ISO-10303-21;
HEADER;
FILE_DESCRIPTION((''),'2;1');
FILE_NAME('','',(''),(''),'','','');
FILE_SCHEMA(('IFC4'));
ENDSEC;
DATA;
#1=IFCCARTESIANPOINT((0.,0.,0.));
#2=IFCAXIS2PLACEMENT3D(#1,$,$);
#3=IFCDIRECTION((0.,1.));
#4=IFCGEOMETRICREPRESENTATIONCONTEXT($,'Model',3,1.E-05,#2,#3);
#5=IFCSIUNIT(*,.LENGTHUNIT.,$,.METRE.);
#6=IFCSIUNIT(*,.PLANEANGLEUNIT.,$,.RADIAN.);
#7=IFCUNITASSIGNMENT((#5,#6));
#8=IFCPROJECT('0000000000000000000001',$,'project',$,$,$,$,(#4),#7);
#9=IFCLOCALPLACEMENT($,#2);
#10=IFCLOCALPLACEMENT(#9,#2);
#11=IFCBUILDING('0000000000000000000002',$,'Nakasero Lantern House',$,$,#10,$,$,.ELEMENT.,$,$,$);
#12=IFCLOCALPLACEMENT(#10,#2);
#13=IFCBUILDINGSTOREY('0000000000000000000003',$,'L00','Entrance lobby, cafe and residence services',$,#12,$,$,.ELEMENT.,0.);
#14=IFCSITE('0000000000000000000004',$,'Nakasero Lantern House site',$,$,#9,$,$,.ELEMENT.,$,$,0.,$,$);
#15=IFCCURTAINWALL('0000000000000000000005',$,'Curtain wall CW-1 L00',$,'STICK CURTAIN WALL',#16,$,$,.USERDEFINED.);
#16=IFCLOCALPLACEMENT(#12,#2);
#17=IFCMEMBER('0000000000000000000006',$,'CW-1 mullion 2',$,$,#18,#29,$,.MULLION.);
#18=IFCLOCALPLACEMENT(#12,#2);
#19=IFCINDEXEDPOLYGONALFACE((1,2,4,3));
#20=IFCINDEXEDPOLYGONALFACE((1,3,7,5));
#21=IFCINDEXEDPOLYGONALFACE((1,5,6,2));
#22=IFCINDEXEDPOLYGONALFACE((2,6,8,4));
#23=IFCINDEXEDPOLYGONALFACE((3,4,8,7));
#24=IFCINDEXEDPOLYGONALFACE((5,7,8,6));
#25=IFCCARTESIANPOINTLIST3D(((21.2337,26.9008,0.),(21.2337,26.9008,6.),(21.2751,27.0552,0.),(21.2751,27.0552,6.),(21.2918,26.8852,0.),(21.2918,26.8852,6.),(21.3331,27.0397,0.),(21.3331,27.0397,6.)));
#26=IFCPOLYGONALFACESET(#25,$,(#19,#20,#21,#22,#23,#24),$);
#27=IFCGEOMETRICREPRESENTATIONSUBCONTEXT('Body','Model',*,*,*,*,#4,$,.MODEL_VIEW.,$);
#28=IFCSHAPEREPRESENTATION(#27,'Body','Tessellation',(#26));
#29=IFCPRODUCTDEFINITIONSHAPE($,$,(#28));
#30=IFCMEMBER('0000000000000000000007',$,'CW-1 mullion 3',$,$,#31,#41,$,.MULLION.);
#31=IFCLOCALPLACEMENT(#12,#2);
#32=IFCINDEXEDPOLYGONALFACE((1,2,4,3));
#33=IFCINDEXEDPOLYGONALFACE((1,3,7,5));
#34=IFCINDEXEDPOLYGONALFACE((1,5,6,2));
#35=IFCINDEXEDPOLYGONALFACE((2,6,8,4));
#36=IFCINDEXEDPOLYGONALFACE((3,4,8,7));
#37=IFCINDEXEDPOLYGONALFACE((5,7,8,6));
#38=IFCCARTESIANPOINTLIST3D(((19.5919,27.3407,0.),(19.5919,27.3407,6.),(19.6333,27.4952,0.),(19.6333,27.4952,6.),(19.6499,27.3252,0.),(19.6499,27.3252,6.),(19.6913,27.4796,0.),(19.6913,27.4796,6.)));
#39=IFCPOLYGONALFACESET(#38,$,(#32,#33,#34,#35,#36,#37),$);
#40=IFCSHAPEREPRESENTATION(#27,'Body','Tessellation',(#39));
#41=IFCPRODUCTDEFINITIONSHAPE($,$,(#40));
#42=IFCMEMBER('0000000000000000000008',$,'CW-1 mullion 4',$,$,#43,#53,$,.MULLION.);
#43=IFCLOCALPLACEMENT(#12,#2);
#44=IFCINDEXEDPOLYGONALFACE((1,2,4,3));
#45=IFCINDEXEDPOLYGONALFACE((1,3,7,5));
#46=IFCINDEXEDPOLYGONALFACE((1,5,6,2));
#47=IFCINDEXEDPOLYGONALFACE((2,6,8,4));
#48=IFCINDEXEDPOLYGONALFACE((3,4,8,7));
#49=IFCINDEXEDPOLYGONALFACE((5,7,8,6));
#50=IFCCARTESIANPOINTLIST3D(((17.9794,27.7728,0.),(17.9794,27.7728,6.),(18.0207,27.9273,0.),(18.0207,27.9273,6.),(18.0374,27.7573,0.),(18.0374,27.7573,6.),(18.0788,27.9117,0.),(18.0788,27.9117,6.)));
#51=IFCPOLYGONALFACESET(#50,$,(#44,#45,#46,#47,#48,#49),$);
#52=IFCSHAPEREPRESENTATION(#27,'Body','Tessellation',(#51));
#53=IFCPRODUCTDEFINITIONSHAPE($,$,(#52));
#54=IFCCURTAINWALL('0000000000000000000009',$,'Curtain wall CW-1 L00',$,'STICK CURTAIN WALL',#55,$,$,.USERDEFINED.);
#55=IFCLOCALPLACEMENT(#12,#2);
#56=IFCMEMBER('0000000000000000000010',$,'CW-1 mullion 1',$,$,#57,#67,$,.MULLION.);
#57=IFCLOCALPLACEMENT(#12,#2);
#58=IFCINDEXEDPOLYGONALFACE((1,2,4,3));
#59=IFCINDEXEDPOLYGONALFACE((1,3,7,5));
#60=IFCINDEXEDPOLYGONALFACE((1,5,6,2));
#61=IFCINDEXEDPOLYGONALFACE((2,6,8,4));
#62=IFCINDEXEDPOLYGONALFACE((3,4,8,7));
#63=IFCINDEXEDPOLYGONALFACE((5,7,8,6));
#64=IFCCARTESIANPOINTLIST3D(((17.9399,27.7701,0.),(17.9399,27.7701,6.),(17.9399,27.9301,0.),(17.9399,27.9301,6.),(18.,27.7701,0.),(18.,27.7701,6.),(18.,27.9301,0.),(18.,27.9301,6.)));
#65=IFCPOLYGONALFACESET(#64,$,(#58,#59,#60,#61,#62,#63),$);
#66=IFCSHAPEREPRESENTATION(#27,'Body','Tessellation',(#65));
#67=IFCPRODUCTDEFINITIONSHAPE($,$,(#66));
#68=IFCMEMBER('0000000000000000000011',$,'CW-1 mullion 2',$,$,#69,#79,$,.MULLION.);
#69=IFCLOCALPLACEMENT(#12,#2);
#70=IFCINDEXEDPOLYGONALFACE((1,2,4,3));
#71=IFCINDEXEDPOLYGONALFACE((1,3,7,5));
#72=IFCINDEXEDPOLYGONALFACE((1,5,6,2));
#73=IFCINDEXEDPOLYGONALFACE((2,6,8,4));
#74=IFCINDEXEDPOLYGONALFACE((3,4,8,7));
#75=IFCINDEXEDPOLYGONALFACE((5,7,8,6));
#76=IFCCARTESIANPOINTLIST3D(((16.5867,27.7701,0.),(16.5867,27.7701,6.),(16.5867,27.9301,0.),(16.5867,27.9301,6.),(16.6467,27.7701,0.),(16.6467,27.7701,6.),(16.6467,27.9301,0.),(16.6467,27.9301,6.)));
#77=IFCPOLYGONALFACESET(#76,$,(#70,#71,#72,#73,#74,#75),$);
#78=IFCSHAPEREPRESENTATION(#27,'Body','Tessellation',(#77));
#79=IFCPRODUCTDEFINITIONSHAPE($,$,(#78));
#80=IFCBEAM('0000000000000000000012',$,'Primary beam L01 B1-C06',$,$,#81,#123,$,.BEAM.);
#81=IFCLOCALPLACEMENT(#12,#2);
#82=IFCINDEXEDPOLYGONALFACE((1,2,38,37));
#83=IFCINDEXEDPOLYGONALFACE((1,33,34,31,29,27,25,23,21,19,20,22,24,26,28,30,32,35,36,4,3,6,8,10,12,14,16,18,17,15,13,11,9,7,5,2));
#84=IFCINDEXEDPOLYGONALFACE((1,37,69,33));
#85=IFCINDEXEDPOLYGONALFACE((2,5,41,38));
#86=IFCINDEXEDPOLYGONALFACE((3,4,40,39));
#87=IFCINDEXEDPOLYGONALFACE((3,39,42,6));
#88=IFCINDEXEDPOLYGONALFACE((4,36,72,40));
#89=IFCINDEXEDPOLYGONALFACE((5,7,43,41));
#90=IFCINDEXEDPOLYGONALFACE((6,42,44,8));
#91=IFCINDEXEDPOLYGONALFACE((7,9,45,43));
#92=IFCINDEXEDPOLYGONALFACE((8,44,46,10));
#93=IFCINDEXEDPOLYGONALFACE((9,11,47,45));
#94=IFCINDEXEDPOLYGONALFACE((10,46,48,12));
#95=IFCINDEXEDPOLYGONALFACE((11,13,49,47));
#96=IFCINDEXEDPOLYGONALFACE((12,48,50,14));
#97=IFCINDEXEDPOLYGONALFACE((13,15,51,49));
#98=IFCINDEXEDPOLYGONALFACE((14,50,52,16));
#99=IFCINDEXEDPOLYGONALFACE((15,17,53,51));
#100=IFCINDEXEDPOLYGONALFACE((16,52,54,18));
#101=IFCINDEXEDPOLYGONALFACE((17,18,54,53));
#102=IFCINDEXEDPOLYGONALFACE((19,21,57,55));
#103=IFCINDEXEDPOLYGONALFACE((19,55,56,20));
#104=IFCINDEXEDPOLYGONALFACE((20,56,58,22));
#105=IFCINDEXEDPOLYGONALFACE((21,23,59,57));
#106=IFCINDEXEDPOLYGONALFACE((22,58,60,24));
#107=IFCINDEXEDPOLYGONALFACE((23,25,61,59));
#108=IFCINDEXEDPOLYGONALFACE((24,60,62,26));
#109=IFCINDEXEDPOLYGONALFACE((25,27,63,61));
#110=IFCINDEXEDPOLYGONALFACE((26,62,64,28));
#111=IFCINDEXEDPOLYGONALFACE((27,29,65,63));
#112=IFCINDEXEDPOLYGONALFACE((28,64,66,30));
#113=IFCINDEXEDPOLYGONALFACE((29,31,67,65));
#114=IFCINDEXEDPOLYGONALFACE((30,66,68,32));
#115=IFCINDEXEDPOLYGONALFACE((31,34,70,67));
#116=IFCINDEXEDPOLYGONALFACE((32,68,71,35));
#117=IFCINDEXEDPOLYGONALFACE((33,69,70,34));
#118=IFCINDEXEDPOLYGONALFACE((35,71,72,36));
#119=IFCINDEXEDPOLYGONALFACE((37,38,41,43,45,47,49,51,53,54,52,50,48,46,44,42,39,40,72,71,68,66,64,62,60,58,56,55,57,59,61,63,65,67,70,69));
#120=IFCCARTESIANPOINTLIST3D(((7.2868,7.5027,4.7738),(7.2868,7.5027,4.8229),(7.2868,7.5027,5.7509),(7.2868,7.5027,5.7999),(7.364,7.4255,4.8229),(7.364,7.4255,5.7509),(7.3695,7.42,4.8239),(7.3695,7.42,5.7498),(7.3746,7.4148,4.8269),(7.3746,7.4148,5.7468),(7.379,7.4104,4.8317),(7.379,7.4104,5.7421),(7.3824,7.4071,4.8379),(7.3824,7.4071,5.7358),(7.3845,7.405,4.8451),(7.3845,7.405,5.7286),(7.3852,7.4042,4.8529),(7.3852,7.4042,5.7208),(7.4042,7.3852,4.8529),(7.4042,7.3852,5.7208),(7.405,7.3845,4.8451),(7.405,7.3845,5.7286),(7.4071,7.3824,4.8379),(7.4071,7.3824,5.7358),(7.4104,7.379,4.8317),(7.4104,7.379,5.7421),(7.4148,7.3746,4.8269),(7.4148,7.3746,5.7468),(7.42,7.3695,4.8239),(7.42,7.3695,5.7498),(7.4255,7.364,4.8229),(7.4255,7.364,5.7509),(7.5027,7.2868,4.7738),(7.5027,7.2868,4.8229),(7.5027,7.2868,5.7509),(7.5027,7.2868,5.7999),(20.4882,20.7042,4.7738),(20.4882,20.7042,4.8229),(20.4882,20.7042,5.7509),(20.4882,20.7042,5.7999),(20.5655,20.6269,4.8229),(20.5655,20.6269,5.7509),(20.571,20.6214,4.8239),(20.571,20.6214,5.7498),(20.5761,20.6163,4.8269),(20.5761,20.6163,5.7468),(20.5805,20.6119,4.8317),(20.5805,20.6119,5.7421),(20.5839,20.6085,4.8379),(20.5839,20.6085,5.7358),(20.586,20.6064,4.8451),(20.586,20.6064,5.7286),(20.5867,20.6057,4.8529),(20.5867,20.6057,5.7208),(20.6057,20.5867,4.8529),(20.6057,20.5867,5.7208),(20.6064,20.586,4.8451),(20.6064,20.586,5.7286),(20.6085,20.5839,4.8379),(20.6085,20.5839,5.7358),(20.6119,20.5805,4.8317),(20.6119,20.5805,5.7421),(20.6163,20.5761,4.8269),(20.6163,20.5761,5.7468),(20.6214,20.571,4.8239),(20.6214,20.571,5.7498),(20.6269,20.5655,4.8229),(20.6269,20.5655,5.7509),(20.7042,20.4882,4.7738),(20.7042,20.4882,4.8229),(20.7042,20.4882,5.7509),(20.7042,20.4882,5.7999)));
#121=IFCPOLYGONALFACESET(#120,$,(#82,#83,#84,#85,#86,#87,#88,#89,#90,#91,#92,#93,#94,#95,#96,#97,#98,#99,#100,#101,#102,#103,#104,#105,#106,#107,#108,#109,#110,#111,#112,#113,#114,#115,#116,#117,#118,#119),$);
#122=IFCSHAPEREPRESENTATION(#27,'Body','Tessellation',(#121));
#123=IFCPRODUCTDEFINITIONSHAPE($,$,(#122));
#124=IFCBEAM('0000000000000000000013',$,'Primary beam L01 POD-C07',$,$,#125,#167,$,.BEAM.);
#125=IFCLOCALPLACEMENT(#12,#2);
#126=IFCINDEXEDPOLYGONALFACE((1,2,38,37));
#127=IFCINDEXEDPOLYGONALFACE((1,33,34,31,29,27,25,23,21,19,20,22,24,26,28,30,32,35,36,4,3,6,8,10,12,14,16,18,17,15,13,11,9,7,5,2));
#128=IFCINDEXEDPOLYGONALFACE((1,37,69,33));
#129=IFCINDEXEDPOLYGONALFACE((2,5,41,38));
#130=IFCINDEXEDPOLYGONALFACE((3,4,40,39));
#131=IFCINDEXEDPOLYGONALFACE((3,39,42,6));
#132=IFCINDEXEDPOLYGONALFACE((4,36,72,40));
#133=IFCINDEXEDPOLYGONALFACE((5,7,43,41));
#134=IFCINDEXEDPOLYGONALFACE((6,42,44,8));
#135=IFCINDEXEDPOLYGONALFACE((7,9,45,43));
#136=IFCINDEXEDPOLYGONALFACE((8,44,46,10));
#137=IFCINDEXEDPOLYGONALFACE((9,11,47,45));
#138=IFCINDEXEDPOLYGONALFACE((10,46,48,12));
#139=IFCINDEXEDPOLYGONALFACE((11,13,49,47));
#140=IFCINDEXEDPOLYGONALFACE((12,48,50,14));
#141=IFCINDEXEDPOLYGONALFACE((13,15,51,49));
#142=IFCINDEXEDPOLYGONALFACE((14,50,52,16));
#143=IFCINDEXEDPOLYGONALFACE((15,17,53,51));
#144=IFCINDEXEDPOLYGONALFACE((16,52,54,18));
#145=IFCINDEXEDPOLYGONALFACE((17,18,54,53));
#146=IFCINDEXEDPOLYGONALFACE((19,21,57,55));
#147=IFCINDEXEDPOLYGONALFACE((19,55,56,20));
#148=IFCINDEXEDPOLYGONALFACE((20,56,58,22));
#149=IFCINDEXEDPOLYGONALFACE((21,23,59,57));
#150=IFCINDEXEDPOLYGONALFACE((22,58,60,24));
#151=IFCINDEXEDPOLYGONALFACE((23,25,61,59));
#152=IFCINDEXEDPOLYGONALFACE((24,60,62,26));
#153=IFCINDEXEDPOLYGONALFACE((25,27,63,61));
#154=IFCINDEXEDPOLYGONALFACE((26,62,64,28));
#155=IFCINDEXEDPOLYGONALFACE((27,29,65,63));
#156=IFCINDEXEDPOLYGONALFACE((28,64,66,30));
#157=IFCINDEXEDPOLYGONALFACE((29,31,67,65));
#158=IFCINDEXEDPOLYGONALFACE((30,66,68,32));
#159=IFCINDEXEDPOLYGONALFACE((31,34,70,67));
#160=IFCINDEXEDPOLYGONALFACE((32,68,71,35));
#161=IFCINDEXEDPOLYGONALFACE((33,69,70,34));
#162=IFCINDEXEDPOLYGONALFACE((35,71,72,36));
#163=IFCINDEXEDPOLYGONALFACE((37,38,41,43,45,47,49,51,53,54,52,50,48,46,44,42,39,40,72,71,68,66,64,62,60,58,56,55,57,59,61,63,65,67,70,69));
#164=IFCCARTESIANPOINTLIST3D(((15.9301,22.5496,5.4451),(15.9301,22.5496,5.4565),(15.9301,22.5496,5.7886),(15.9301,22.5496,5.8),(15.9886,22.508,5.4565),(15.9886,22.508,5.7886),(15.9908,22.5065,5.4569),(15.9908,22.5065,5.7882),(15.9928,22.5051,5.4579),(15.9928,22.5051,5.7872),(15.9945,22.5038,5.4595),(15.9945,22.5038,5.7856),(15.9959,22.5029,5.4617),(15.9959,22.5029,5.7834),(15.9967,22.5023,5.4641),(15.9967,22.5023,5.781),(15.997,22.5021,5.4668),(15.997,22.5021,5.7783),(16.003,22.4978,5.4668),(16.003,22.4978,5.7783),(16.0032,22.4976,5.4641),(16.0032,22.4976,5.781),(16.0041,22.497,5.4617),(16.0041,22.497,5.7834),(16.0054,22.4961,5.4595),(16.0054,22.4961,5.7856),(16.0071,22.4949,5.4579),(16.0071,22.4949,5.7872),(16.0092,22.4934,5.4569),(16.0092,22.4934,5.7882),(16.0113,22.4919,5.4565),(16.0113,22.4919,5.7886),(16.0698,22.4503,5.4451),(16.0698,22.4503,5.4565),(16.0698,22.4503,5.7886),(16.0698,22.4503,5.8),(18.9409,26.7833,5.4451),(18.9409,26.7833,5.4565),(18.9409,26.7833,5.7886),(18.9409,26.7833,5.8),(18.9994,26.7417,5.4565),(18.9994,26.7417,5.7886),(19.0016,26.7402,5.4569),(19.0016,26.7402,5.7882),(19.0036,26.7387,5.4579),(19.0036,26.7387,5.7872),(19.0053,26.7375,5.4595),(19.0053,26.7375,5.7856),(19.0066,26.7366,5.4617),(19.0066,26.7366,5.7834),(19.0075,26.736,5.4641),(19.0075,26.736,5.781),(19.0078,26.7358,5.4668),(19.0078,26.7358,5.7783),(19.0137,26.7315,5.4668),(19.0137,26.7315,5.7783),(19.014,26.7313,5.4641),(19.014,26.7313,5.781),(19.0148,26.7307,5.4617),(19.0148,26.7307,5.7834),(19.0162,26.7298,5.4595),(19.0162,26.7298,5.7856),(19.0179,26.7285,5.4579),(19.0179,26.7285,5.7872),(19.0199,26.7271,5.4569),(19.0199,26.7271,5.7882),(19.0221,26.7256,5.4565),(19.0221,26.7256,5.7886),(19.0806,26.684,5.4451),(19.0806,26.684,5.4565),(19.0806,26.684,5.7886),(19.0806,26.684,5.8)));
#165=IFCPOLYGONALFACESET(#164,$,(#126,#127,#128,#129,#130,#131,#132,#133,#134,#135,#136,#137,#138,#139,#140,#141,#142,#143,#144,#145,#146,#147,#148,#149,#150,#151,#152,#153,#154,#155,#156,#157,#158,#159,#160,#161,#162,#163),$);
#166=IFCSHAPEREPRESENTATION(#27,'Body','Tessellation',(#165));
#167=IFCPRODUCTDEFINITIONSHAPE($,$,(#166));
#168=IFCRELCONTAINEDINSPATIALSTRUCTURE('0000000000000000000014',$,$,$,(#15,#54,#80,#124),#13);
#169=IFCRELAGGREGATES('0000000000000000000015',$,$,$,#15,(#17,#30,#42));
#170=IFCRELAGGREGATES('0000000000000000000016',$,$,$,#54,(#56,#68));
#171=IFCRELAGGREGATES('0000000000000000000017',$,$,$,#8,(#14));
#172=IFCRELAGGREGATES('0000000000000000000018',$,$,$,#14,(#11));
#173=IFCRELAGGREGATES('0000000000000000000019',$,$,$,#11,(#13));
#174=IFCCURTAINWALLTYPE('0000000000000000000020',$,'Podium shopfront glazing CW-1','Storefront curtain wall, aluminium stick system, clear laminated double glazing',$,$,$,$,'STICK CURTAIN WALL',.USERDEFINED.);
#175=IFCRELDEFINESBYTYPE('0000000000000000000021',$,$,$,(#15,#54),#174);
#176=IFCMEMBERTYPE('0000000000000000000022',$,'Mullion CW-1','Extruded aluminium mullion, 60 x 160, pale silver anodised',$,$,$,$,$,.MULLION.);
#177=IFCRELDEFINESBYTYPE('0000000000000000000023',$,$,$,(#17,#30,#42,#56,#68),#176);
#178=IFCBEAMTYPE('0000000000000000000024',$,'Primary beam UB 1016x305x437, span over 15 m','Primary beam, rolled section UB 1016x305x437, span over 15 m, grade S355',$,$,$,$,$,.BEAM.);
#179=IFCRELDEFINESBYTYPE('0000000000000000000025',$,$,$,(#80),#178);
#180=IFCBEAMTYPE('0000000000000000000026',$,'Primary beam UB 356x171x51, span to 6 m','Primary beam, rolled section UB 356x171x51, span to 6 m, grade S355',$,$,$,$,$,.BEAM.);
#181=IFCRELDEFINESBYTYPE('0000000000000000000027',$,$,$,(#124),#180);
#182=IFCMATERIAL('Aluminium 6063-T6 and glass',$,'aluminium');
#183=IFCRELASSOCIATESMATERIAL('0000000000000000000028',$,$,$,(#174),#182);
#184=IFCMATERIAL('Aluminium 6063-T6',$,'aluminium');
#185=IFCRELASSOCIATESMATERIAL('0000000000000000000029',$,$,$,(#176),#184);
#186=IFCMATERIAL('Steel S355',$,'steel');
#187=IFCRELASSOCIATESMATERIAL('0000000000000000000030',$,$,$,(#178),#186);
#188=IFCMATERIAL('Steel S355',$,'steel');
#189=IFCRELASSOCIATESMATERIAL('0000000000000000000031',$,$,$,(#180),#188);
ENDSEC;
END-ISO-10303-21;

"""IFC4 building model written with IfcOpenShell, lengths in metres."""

from ifc_helpers import new_model, si_unit, direction, frame, origin, origin_2d, place, context, subcontext, project, spatial, rectangle, i_section, extrude, material, material_profile, profile_set, type_object, element, aggregate, save


model = new_model("IFC4")

# Units and contexts
model_context = context("Model", 3, precision=1e-05, world=origin(), true_north=direction((0.0, 1.0)))
body_context = subcontext(model_context, "Body", "Model", "MODEL_VIEW")
ifc_project = project(units=[si_unit("LENGTHUNIT", "METRE"), si_unit("PLANEANGLEUNIT", "RADIAN")], contexts=[model_context])

# Site, building, storey
site_placement = place(None, origin())
site = spatial("IfcSite", under=ifc_project, at=site_placement, Name="Nakasero Lantern House site", CompositionType="ELEMENT", RefElevation=0.0)
building_placement = place(site_placement, origin())
building = spatial("IfcBuilding", under=site, at=building_placement, Name="Nakasero Lantern House", CompositionType="ELEMENT")
storey_placement = place(building_placement, origin())
storey = spatial("IfcBuildingStorey", under=building, at=storey_placement, Name="L00", Description="Entrance lobby, cafe and residence services", CompositionType="ELEMENT", Elevation=0.0)

# Curtain walls, members
ifc_material_1 = material(Name="Aluminium 6063-T6 and glass", Category="aluminium")
curtain_wall_type = type_object("IfcCurtainWallType", Name="Podium shopfront glazing CW-1", Description="Storefront curtain wall, aluminium stick system, clear laminated double glazing", ElementType="STICK CURTAIN WALL", PredefinedType="USERDEFINED", material=ifc_material_1)
curtain_wall_1_placement = place(storey_placement, origin())
curtain_wall_1 = element("IfcCurtainWall", 1, at=curtain_wall_1_placement, inside=storey, type_object=curtain_wall_type, Name="Curtain wall CW-1 L00", ObjectType="STICK CURTAIN WALL", PredefinedType="USERDEFINED")
ifc_material_2 = material(Name="Aluminium 6063-T6", Category="aluminium")
ifc_material_profile_1 = material_profile(ifc_material_2, rectangle(XDim=0.0601, YDim=0.1599, at=origin_2d()), Name="CW-1 mullion 60x160")
ifc_profile_set_1 = profile_set([ifc_material_profile_1], Name="Aluminium 6063-T6")
member_type_1 = type_object("IfcMemberType", Name="Mullion CW-1", Description="Extruded aluminium mullion, 60 x 160, pale silver anodised", PredefinedType="MULLION", material=ifc_profile_set_1)
member_1_placement = place(storey_placement, frame((21.2834, 26.9702, 0.0), z_axis=(0.0, 0.0, 1.0), x_axis=(-0.965926, 0.258819, 0.0)))
member_1 = element("IfcMember", 2, at=member_1_placement, type_object=member_type_1, Name="CW-1 mullion 2", PredefinedType="MULLION", context=body_context, shape_type="SweptSolid", body=[
    extrude(rectangle(XDim=0.0601, YDim=0.1599, at=origin_2d()), origin(), (0.0, 0.0, 1.0), 6.0),
])
member_2_placement = place(storey_placement, frame((19.6416, 27.4102, 0.0), z_axis=(0.0, 0.0, 1.0), x_axis=(-0.965926, 0.258819, 0.0)))
member_2 = element("IfcMember", 3, at=member_2_placement, type_object=member_type_1, Name="CW-1 mullion 3", PredefinedType="MULLION", context=body_context, shape_type="SweptSolid", body=[
    extrude(rectangle(XDim=0.0601, YDim=0.1599, at=origin_2d()), origin(), (0.0, 0.0, 1.0), 6.0),
])
member_3_placement = place(storey_placement, frame((18.0291, 27.8423, 0.0), z_axis=(0.0, 0.0, 1.0), x_axis=(-0.965926, 0.258819, 0.0)))
member_3 = element("IfcMember", 4, at=member_3_placement, type_object=member_type_1, Name="CW-1 mullion 4", PredefinedType="MULLION", context=body_context, shape_type="SweptSolid", body=[
    extrude(rectangle(XDim=0.0601, YDim=0.1599, at=origin_2d()), origin(), (0.0, 0.0, 1.0), 6.0),
])
curtain_wall_2_placement = place(storey_placement, origin())
curtain_wall_2 = element("IfcCurtainWall", 5, at=curtain_wall_2_placement, inside=storey, type_object=curtain_wall_type, Name="Curtain wall CW-1 L00", ObjectType="STICK CURTAIN WALL", PredefinedType="USERDEFINED")
member_4_placement = place(storey_placement, frame((17.97, 27.8501, 0.0), z_axis=(0.0, 0.0, 1.0), x_axis=(-1.0, 0.0, 0.0)))
member_4 = element("IfcMember", 6, at=member_4_placement, type_object=member_type_1, Name="CW-1 mullion 1", PredefinedType="MULLION", context=body_context, shape_type="SweptSolid", body=[
    extrude(rectangle(XDim=0.0601, YDim=0.1599, at=origin_2d()), origin(), (0.0, 0.0, 1.0), 6.0),
])
member_5_placement = place(storey_placement, frame((16.6167, 27.8501, 0.0), z_axis=(0.0, 0.0, 1.0), x_axis=(-1.0, 0.0, 0.0)))
member_5 = element("IfcMember", 7, at=member_5_placement, type_object=member_type_1, Name="CW-1 mullion 2", PredefinedType="MULLION", context=body_context, shape_type="SweptSolid", body=[
    extrude(rectangle(XDim=0.0601, YDim=0.1599, at=origin_2d()), origin(), (0.0, 0.0, 1.0), 6.0),
])

# Beams
ifc_material_3 = material(Name="Steel S355", Category="steel")
ifc_material_profile_2 = material_profile(ifc_material_3, i_section(OverallWidth=0.3054, OverallDepth=1.0261, WebThickness=0.0269, FlangeThickness=0.0491, FilletRadius=0.03, at=origin_2d()), Name="UB 1016x305x437")
ifc_profile_set_2 = profile_set([ifc_material_profile_2], Name="Steel S355")
beam_type_1 = type_object("IfcBeamType", Name="Primary beam UB 1016x305x437, span over 15 m", Description="Primary beam, rolled section UB 1016x305x437, span over 15 m, grade S355", PredefinedType="BEAM", material=ifc_profile_set_2)
beam_1_placement = place(storey_placement, frame((20.5962, 20.5962, 5.2869), z_axis=(-0.707107, -0.707107, 0.0), x_axis=(0.707107, -0.707107, 0.0)))
element("IfcBeam", 8, at=beam_1_placement, inside=storey, type_object=beam_type_1, Name="Primary beam L01 B1-C06", PredefinedType="BEAM", context=body_context, shape_type="SweptSolid", body=[
    extrude(i_section(OverallWidth=0.3054, OverallDepth=1.0261, WebThickness=0.0269, FlangeThickness=0.0491, FilletRadius=0.03, at=origin_2d()), origin(), (0.0, 0.0, 1.0), 18.6697),
])
ifc_material_4 = material(Name="Steel S355", Category="steel")
ifc_material_profile_3 = material_profile(ifc_material_4, i_section(OverallWidth=0.1714, OverallDepth=0.355, WebThickness=0.0073, FlangeThickness=0.0115, FilletRadius=0.0103, at=origin_2d()), Name="UB 356x171x51")
ifc_profile_set_3 = profile_set([ifc_material_profile_3], Name="Steel S355")
beam_type_2 = type_object("IfcBeamType", Name="Primary beam UB 356x171x51, span to 6 m", Description="Primary beam, rolled section UB 356x171x51, span to 6 m, grade S355", PredefinedType="BEAM", material=ifc_profile_set_3)
beam_2_placement = place(storey_placement, frame((19.0107, 26.7336, 5.6226), z_axis=(-0.579543, -0.814942, 0.0), x_axis=(0.814942, -0.579543, 0.0)))
element("IfcBeam", 9, at=beam_2_placement, inside=storey, type_object=beam_type_2, Name="Primary beam L01 POD-C07", PredefinedType="BEAM", context=body_context, shape_type="SweptSolid", body=[
    extrude(i_section(OverallWidth=0.1714, OverallDepth=0.355, WebThickness=0.0073, FlangeThickness=0.0115, FilletRadius=0.0103, at=origin_2d()), origin(), (0.0, 0.0, 1.0), 5.1951),
])

aggregate(curtain_wall_1, [member_1, member_2, member_3])
aggregate(curtain_wall_2, [member_4, member_5])

save(model, "model.ifc")
